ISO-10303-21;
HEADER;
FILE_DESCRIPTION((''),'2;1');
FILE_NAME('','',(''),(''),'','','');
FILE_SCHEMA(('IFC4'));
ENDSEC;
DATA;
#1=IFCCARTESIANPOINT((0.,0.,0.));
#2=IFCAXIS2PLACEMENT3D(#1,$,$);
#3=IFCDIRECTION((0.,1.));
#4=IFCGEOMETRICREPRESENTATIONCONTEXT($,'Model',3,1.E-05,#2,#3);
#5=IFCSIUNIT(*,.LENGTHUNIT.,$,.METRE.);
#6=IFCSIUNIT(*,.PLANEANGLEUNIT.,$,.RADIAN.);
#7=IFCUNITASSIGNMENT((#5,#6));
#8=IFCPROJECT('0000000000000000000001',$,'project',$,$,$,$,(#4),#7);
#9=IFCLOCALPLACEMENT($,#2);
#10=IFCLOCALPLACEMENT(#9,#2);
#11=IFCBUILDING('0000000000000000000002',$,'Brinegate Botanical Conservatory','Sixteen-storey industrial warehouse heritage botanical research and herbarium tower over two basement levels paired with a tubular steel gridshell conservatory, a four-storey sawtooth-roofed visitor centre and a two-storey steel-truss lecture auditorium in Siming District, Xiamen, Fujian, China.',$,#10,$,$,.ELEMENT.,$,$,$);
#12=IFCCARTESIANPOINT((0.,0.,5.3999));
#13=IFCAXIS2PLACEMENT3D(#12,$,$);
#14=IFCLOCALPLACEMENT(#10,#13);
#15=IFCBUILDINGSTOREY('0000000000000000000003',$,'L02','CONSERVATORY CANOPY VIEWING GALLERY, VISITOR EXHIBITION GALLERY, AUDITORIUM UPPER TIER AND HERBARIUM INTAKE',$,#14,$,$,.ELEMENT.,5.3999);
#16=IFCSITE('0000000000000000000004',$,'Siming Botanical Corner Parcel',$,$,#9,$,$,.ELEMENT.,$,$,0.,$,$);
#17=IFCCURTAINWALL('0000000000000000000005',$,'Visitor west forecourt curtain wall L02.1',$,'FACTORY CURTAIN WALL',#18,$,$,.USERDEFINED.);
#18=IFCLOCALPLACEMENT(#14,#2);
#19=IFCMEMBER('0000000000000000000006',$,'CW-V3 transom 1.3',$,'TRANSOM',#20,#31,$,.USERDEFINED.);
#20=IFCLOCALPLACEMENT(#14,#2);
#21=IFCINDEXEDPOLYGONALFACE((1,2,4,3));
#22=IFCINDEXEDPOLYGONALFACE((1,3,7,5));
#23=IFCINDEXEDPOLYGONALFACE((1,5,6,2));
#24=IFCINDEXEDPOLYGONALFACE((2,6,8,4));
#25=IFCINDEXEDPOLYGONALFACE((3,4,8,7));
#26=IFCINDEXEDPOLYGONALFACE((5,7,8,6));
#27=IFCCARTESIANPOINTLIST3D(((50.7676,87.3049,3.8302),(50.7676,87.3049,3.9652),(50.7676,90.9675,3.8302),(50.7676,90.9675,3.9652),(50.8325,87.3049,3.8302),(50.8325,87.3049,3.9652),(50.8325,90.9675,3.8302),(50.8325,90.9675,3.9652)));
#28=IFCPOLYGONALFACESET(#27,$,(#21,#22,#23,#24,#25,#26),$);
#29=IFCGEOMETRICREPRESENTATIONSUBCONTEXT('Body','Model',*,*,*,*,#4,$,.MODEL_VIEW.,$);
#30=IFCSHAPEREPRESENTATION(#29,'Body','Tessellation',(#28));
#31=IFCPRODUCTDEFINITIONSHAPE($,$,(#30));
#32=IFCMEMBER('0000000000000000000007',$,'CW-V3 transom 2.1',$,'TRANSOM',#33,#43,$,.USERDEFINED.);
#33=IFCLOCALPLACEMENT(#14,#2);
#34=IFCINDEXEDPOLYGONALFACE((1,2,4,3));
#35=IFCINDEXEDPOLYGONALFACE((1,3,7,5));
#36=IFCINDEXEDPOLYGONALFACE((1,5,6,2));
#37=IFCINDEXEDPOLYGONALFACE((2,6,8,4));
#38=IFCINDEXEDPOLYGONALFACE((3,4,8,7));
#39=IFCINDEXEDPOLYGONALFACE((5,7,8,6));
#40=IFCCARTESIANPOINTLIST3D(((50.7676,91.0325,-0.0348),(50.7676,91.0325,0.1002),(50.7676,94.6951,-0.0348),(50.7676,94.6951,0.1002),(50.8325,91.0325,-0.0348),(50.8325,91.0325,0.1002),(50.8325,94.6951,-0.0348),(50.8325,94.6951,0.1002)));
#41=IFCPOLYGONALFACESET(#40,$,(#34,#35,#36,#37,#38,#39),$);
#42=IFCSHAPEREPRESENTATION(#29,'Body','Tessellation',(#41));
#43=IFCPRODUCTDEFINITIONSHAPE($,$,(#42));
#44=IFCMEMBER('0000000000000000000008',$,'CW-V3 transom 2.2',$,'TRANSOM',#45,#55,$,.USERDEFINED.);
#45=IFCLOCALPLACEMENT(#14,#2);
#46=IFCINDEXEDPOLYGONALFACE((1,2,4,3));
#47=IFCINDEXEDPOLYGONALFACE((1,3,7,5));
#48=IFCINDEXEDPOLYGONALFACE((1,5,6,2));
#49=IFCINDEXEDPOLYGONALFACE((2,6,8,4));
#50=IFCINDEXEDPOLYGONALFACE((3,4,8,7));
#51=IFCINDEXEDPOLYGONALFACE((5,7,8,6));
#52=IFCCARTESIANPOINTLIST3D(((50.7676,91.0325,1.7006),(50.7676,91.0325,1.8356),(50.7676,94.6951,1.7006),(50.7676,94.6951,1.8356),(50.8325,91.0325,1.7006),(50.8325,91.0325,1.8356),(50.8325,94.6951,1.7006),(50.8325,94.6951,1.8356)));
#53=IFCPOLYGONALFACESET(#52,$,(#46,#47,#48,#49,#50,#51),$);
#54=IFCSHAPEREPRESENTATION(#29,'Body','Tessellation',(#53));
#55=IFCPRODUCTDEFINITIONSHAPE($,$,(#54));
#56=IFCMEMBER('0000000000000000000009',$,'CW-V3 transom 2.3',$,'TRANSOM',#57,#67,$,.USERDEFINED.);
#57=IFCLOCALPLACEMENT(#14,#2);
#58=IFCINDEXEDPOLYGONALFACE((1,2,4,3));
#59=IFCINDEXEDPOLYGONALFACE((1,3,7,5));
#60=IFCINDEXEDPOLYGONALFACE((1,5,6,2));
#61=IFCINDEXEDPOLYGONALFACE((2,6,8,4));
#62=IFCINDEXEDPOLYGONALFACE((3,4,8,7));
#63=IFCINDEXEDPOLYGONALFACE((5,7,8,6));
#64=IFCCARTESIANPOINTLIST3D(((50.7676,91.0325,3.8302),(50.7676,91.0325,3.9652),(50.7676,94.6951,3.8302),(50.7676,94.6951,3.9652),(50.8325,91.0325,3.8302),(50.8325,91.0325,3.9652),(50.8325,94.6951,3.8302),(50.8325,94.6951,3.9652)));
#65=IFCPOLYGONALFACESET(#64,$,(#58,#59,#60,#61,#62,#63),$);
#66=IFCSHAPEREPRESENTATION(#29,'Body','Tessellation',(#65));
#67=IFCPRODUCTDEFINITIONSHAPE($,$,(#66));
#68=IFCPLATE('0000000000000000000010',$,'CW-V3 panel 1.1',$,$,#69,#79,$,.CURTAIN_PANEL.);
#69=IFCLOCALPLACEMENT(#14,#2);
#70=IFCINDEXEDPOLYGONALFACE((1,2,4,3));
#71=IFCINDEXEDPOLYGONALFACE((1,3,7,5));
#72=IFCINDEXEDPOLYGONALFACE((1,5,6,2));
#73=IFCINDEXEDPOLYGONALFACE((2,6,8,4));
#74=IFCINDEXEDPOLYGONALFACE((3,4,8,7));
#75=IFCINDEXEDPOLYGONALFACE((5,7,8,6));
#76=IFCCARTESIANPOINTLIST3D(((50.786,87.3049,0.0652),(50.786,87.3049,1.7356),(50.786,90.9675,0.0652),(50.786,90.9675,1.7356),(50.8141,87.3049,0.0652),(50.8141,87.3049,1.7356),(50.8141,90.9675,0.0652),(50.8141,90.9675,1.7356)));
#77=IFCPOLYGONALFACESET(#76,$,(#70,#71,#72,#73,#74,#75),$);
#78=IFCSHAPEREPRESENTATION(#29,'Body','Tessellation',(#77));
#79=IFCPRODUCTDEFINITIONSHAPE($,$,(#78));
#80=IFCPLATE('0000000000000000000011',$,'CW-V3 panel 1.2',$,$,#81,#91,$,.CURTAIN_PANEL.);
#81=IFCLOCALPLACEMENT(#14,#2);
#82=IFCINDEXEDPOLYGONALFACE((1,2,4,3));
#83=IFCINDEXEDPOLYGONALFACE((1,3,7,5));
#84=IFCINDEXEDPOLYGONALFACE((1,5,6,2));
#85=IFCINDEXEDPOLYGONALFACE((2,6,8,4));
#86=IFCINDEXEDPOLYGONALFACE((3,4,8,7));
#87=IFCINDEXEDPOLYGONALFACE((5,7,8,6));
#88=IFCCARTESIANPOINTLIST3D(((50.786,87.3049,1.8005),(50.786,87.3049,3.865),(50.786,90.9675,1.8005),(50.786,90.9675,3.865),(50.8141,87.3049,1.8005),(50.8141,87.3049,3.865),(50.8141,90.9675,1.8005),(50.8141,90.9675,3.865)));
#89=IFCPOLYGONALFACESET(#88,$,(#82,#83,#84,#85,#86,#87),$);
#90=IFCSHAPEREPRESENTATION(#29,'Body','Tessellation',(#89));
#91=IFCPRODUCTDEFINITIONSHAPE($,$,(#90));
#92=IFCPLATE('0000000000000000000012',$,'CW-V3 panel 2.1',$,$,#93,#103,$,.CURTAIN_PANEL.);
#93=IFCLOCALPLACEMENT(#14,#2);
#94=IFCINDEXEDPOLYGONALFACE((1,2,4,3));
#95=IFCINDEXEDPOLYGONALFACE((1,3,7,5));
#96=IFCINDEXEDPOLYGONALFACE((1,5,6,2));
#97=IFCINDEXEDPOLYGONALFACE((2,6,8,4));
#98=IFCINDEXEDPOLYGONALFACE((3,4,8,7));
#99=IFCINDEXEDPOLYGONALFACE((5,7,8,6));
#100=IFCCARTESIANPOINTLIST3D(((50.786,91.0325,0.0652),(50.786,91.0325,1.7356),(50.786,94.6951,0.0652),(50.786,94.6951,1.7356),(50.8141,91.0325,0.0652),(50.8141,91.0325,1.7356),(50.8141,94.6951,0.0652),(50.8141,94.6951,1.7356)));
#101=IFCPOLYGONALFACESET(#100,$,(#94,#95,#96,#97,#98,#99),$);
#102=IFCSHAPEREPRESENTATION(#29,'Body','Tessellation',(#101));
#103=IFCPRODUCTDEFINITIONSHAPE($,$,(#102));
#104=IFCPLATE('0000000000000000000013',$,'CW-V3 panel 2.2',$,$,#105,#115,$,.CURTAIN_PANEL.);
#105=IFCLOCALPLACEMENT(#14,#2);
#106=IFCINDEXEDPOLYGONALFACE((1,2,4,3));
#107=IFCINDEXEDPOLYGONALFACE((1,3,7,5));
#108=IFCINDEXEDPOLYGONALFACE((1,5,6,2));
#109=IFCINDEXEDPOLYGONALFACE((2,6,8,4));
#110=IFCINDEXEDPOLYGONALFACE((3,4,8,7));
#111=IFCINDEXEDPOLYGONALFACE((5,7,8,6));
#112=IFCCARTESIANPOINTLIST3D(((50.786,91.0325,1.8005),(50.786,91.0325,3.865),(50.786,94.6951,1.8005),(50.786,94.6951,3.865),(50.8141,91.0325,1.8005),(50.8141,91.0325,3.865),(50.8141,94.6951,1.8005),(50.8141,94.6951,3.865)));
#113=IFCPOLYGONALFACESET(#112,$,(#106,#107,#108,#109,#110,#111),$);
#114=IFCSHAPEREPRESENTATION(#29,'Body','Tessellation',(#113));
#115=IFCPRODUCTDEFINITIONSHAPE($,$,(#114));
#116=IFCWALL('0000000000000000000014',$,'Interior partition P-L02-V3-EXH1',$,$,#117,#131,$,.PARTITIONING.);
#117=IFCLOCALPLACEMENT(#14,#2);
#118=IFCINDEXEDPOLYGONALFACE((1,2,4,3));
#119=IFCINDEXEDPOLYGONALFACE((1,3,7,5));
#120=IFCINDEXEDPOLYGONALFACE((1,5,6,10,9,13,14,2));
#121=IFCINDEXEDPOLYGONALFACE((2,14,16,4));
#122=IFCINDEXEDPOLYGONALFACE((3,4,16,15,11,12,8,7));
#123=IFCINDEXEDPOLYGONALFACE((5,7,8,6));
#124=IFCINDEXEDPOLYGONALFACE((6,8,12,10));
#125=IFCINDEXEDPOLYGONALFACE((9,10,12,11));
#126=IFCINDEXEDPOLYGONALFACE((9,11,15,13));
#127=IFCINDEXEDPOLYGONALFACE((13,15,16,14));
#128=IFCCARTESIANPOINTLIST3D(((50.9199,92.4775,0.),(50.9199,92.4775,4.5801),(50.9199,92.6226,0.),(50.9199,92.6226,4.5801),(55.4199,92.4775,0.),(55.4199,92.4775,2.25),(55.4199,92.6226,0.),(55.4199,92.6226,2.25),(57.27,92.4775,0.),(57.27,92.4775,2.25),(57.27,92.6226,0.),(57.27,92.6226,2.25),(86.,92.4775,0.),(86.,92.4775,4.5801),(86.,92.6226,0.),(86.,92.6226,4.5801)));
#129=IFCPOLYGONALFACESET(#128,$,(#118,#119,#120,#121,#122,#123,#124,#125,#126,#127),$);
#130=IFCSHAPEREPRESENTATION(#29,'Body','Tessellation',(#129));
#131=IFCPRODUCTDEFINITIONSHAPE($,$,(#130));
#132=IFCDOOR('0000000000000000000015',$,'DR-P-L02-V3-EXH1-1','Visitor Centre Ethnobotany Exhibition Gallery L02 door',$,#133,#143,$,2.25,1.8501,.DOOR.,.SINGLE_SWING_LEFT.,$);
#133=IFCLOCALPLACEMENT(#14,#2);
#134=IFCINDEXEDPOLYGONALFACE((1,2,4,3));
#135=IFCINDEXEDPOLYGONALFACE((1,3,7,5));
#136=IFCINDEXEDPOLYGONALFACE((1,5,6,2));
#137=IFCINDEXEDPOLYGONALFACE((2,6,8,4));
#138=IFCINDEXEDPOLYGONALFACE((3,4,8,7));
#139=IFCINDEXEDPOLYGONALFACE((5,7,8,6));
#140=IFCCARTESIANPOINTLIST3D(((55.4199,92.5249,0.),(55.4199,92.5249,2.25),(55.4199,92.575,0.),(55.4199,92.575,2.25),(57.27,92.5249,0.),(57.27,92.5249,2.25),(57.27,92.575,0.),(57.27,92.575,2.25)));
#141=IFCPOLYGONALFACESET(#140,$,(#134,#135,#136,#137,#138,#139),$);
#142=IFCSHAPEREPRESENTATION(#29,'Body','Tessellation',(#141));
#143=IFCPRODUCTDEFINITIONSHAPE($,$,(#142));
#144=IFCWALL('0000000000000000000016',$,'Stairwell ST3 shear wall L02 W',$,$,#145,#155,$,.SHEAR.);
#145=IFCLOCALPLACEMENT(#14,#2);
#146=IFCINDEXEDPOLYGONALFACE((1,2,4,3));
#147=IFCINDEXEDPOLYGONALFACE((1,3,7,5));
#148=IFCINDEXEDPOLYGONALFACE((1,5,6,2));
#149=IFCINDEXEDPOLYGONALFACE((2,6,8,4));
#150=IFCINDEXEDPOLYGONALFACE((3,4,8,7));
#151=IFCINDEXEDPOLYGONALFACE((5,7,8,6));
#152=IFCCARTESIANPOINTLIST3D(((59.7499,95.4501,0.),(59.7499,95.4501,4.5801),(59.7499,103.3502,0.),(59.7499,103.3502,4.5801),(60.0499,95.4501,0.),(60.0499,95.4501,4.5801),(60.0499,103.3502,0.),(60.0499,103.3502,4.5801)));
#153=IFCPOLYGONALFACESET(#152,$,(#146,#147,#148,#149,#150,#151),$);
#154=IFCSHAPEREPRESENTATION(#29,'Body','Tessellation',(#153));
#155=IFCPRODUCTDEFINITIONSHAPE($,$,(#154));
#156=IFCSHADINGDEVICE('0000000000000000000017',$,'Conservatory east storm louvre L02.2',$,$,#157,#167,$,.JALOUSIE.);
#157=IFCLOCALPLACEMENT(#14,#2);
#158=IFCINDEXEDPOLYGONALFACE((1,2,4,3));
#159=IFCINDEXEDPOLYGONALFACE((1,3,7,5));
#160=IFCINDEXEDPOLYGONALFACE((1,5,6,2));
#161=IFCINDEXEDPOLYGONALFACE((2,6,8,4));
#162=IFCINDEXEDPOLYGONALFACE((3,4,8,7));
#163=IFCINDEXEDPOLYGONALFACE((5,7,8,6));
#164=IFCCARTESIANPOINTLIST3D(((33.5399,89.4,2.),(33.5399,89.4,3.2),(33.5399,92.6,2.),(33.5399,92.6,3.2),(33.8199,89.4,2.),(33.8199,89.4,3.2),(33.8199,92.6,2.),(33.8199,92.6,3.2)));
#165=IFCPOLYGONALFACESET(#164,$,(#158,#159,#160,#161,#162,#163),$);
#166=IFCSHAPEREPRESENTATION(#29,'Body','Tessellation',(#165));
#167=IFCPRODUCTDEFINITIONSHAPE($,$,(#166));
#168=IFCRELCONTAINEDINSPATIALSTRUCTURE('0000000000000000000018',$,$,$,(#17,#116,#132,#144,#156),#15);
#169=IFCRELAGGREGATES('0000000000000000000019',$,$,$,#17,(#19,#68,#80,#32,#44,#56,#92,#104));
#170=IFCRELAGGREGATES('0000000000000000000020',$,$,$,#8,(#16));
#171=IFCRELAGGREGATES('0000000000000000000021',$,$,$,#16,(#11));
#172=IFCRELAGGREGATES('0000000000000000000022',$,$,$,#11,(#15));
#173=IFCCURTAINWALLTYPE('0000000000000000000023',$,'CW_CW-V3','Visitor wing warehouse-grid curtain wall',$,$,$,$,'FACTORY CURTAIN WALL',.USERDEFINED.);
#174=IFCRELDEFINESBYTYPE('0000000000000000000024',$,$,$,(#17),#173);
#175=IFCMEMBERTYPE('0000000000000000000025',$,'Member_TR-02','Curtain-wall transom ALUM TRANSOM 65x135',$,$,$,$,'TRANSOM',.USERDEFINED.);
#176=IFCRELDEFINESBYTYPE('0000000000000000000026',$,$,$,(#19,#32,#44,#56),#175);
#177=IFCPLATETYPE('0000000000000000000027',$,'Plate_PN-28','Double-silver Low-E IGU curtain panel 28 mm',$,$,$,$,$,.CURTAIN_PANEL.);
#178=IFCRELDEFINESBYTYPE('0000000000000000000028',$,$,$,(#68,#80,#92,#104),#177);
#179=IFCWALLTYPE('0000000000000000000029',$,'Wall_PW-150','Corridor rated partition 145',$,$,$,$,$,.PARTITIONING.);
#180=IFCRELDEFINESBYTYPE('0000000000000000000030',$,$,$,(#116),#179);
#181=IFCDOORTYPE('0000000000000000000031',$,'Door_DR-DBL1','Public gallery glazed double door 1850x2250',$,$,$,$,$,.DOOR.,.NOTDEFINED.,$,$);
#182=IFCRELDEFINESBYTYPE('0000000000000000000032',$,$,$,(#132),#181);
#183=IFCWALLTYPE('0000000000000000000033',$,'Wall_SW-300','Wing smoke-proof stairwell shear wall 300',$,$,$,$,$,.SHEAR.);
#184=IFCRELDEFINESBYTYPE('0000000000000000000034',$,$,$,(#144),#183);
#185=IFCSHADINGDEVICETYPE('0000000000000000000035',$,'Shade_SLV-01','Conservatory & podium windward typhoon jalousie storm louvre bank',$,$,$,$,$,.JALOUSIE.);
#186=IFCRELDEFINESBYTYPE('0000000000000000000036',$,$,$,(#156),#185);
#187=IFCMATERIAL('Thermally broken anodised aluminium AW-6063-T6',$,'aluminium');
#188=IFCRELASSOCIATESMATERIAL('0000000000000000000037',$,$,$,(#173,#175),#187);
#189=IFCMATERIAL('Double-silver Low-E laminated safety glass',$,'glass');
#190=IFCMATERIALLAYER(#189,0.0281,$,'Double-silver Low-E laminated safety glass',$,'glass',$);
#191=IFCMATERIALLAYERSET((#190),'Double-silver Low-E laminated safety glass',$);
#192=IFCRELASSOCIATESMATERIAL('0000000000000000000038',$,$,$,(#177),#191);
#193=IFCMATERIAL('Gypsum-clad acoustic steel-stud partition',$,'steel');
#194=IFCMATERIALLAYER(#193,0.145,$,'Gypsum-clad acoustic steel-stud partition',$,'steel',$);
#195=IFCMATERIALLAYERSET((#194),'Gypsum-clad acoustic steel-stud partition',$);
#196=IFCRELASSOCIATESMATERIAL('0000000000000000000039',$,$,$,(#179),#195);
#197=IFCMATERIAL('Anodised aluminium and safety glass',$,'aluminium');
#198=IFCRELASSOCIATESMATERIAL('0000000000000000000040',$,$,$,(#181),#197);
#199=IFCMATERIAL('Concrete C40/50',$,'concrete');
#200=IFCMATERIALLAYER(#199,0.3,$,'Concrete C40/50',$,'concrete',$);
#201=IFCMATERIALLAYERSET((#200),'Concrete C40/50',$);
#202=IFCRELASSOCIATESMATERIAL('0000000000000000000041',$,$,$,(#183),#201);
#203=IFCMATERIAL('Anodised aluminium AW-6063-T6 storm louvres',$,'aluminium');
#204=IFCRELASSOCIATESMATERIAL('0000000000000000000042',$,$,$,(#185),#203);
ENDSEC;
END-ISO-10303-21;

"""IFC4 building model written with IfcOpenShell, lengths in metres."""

from ifc_helpers import new_model, si_unit, direction, frame, frame_2d, origin, origin_2d, place, context, subcontext, project, spatial, rectangle, extrude, material, layer, layer_set, material_profile, profile_set, type_object, element, fill, aggregate, save


model = new_model("IFC4")

# Units and contexts
model_context = context("Model", 3, precision=1e-05, world=origin(), true_north=direction((0.0, 1.0)))
body_context = subcontext(model_context, "Body", "Model", "MODEL_VIEW")
ifc_project = project(units=[si_unit("LENGTHUNIT", "METRE"), si_unit("PLANEANGLEUNIT", "RADIAN")], contexts=[model_context])

# Site, building, storey
site_placement = place(None, origin())
site = spatial("IfcSite", under=ifc_project, at=site_placement, Name="Siming Botanical Corner Parcel", CompositionType="ELEMENT", RefElevation=0.0)
building_placement = place(site_placement, origin())
building = spatial("IfcBuilding", under=site, at=building_placement, Name="Brinegate Botanical Conservatory", Description="Sixteen-storey industrial warehouse heritage botanical research and herbarium tower over two basement levels paired with a tubular steel gridshell conservatory, a four-storey sawtooth-roofed visitor centre and a two-storey steel-truss lecture auditorium in Siming District, Xiamen, Fujian, China.", CompositionType="ELEMENT")
storey_placement = place(building_placement, frame((0.0, 0.0, 5.3999)))
storey = spatial("IfcBuildingStorey", under=building, at=storey_placement, Name="L02", Description="CONSERVATORY CANOPY VIEWING GALLERY, VISITOR EXHIBITION GALLERY, AUDITORIUM UPPER TIER AND HERBARIUM INTAKE", CompositionType="ELEMENT", Elevation=5.3999)

# Shared definitions
ifc_material_1 = material(Name="Concrete C40/50", Category="concrete")

# Curtain wall, members, plates
ifc_material_2 = material(Name="Thermally broken anodised aluminium AW-6063-T6", Category="aluminium")
curtain_wall_type = type_object("IfcCurtainWallType", Name="CW_CW-V3", Description="Visitor wing warehouse-grid curtain wall", ElementType="FACTORY CURTAIN WALL", PredefinedType="USERDEFINED", material=ifc_material_2)
curtain_wall_placement = place(storey_placement, origin())
curtain_wall = element("IfcCurtainWall", 1, at=curtain_wall_placement, inside=storey, type_object=curtain_wall_type, Name="Visitor west forecourt curtain wall L02.1", ObjectType="FACTORY CURTAIN WALL", PredefinedType="USERDEFINED")
ifc_material_profile_1 = material_profile(ifc_material_2, rectangle(XDim=0.0649, YDim=0.135, at=origin_2d()), Name="ALUM TRANSOM 65x135")
ifc_profile_set_1 = profile_set([ifc_material_profile_1], Name="Thermally broken anodised aluminium AW-6063-T6")
member_type_1 = type_object("IfcMemberType", Name="Member_TR-02", Description="Curtain-wall transom ALUM TRANSOM 65x135", ElementType="TRANSOM", PredefinedType="USERDEFINED", material=ifc_profile_set_1)
member_1_placement = place(storey_placement, frame((50.8, 87.3049, 3.8977), z_axis=(0.0, 1.0, 0.0), x_axis=(-1.0, 0.0, 0.0)))
member_1 = element("IfcMember", 2, at=member_1_placement, type_object=member_type_1, Name="CW-V3 transom 1.3", ObjectType="TRANSOM", PredefinedType="USERDEFINED", context=body_context, shape_type="SweptSolid", body=[
    extrude(rectangle(XDim=0.0649, YDim=0.135, at=origin_2d()), origin(), (0.0, 0.0, 1.0), 3.6626),
])
member_2_placement = place(storey_placement, frame((50.8, 91.0325, 0.0327), z_axis=(0.0, 1.0, 0.0), x_axis=(-1.0, 0.0, 0.0)))
member_2 = element("IfcMember", 3, at=member_2_placement, type_object=member_type_1, Name="CW-V3 transom 2.1", ObjectType="TRANSOM", PredefinedType="USERDEFINED", context=body_context, shape_type="SweptSolid", body=[
    extrude(rectangle(XDim=0.0649, YDim=0.135, at=origin_2d()), origin(), (0.0, 0.0, 1.0), 3.6626),
])
member_3_placement = place(storey_placement, frame((50.8, 91.0325, 1.7681), z_axis=(0.0, 1.0, 0.0), x_axis=(-1.0, 0.0, 0.0)))
member_3 = element("IfcMember", 4, at=member_3_placement, type_object=member_type_1, Name="CW-V3 transom 2.2", ObjectType="TRANSOM", PredefinedType="USERDEFINED", context=body_context, shape_type="SweptSolid", body=[
    extrude(rectangle(XDim=0.0649, YDim=0.135, at=origin_2d()), origin(), (0.0, 0.0, 1.0), 3.6626),
])
member_4_placement = place(storey_placement, frame((50.8, 91.0325, 3.8977), z_axis=(0.0, 1.0, 0.0), x_axis=(-1.0, 0.0, 0.0)))
member_4 = element("IfcMember", 5, at=member_4_placement, type_object=member_type_1, Name="CW-V3 transom 2.3", ObjectType="TRANSOM", PredefinedType="USERDEFINED", context=body_context, shape_type="SweptSolid", body=[
    extrude(rectangle(XDim=0.0649, YDim=0.135, at=origin_2d()), origin(), (0.0, 0.0, 1.0), 3.6626),
])
ifc_material_3 = material(Name="Double-silver Low-E laminated safety glass", Category="glass")
ifc_layer_1 = layer(ifc_material_3, 0.0281, Name="Double-silver Low-E laminated safety glass", Category="glass")
ifc_layer_set_1 = layer_set([ifc_layer_1], Name="Double-silver Low-E laminated safety glass")
plate_type = type_object("IfcPlateType", Name="Plate_PN-28", Description="Double-silver Low-E IGU curtain panel 28 mm", PredefinedType="CURTAIN_PANEL", material=ifc_layer_set_1)
plate_1_placement = place(storey_placement, frame((50.8, 89.1362, 0.0652), z_axis=(0.0, 0.0, 1.0), x_axis=(0.0, 1.0, 0.0)))
plate_1 = element("IfcPlate", 6, at=plate_1_placement, type_object=plate_type, Name="CW-V3 panel 1.1", PredefinedType="CURTAIN_PANEL", context=body_context, shape_type="SweptSolid", body=[
    extrude(rectangle(XDim=3.6626, YDim=0.0281, at=origin_2d()), origin(), (0.0, 0.0, 1.0), 1.6704),
])
plate_2_placement = place(storey_placement, frame((50.8, 89.1362, 1.8005), z_axis=(0.0, 0.0, 1.0), x_axis=(0.0, 1.0, 0.0)))
plate_2 = element("IfcPlate", 7, at=plate_2_placement, type_object=plate_type, Name="CW-V3 panel 1.2", PredefinedType="CURTAIN_PANEL", context=body_context, shape_type="SweptSolid", body=[
    extrude(rectangle(XDim=3.6626, YDim=0.0281, at=origin_2d()), origin(), (0.0, 0.0, 1.0), 2.0645),
])
plate_3_placement = place(storey_placement, frame((50.8, 92.8638, 0.0652), z_axis=(0.0, 0.0, 1.0), x_axis=(0.0, 1.0, 0.0)))
plate_3 = element("IfcPlate", 8, at=plate_3_placement, type_object=plate_type, Name="CW-V3 panel 2.1", PredefinedType="CURTAIN_PANEL", context=body_context, shape_type="SweptSolid", body=[
    extrude(rectangle(XDim=3.6626, YDim=0.0281, at=origin_2d()), origin(), (0.0, 0.0, 1.0), 1.6704),
])
plate_4_placement = place(storey_placement, frame((50.8, 92.8638, 1.8005), z_axis=(0.0, 0.0, 1.0), x_axis=(0.0, 1.0, 0.0)))
plate_4 = element("IfcPlate", 9, at=plate_4_placement, type_object=plate_type, Name="CW-V3 panel 2.2", PredefinedType="CURTAIN_PANEL", context=body_context, shape_type="SweptSolid", body=[
    extrude(rectangle(XDim=3.6626, YDim=0.0281, at=origin_2d()), origin(), (0.0, 0.0, 1.0), 2.0645),
])
aggregate(curtain_wall, [member_1, plate_1, plate_2, member_2, member_3, member_4, plate_3, plate_4])

# Wall, opening, door
ifc_material_4 = material(Name="Gypsum-clad acoustic steel-stud partition", Category="steel")
ifc_layer_2 = layer(ifc_material_4, 0.145, Name="Gypsum-clad acoustic steel-stud partition", Category="steel")
ifc_layer_set_2 = layer_set([ifc_layer_2], Name="Gypsum-clad acoustic steel-stud partition")
wall_type_1 = type_object("IfcWallType", Name="Wall_PW-150", Description="Corridor rated partition 145", PredefinedType="PARTITIONING", material=ifc_layer_set_2)
wall_1_placement = place(storey_placement, frame((50.9199, 92.55, 0.0), z_axis=(0.0, 0.0, 1.0), x_axis=(1.0, 0.0, 0.0)))
wall_1 = element("IfcWall", 10, at=wall_1_placement, inside=storey, type_object=wall_type_1, Name="Interior partition P-L02-V3-EXH1", PredefinedType="PARTITIONING", context=body_context, shape_type="SweptSolid", body=[
    extrude(rectangle(XDim=35.0801, YDim=0.145, at=frame_2d((17.54, 0.0))), origin(), (0.0, 0.0, 1.0), 4.5801),
])
opening_1_placement = place(wall_1_placement, frame((4.5, 0.0, 0.0)))
opening_1 = element("IfcOpeningElement", 11, at=opening_1_placement, cuts=wall_1, PredefinedType="OPENING", context=body_context, shape_type="SweptSolid", body=[
    extrude(rectangle(XDim=1.8501, YDim=2.25, at=frame_2d((0.925, 1.125))), frame((0.0, 0.0825, 0.0), z_axis=(0.0, -1.0, 0.0), x_axis=(1.0, 0.0, 0.0)), (0.0, 0.0, 1.0), 0.165),
])
ifc_material_5 = material(Name="Anodised aluminium and safety glass", Category="aluminium")
door_type_1 = type_object("IfcDoorType", Name="Door_DR-DBL1", Description="Public gallery glazed double door 1850x2250", OperationType="NOTDEFINED", PredefinedType="DOOR", material=ifc_material_5)
door_1_placement = place(opening_1_placement, origin())
door_1 = element("IfcDoor", 12, at=door_1_placement, inside=storey, type_object=door_type_1, Name="DR-P-L02-V3-EXH1-1", Description="Visitor Centre Ethnobotany Exhibition Gallery L02 door", OperationType="SINGLE_SWING_LEFT", OverallHeight=2.25, OverallWidth=1.8501, PredefinedType="DOOR", context=body_context, shape_type="SweptSolid", body=[
    extrude(rectangle(XDim=1.8501, YDim=2.25, at=frame_2d((0.925, 1.125))), frame((0.0, 0.0249, 0.0), z_axis=(0.0, -1.0, 0.0), x_axis=(1.0, 0.0, 0.0)), (0.0, 0.0, 1.0), 0.05),
])
fill(opening_1, door_1)
ifc_layer_3 = layer(ifc_material_1, 0.3, Name="Concrete C40/50", Category="concrete")
ifc_layer_set_3 = layer_set([ifc_layer_3], Name="Concrete C40/50")
wall_type_2 = type_object("IfcWallType", Name="Wall_SW-300", Description="Wing smoke-proof stairwell shear wall 300", PredefinedType="SHEAR", material=ifc_layer_set_3)

# Wall
wall_2_placement = place(storey_placement, frame((59.8999, 95.45, 0.0), z_axis=(0.0, 0.0, 1.0), x_axis=(0.0, 1.0, 0.0)))
element("IfcWall", 13, at=wall_2_placement, inside=storey, type_object=wall_type_2, Name="Stairwell ST3 shear wall L02 W", PredefinedType="SHEAR", context=body_context, shape_type="SweptSolid", body=[
    extrude(rectangle(XDim=7.9001, YDim=0.3, at=frame_2d((3.9502, 0.0))), origin(), (0.0, 0.0, 1.0), 4.5801),
])

# Shading device
ifc_material_6 = material(Name="Anodised aluminium AW-6063-T6 storm louvres", Category="aluminium")
shading_device_type = type_object("IfcShadingDeviceType", Name="Shade_SLV-01", Description="Conservatory & podium windward typhoon jalousie storm louvre bank", PredefinedType="JALOUSIE", material=ifc_material_6)
shading_device_placement = place(storey_placement, frame((33.6799, 91.0, 2.0), z_axis=(0.0, 0.0, 1.0), x_axis=(1.0, 0.0, 0.0)))
element("IfcShadingDevice", 14, at=shading_device_placement, inside=storey, type_object=shading_device_type, Name="Conservatory east storm louvre L02.2", PredefinedType="JALOUSIE", context=body_context, shape_type="SweptSolid", body=[
    extrude(rectangle(XDim=0.28, YDim=3.2, at=origin_2d()), origin(), (0.0, 0.0, 1.0), 1.2),
])

save(model, "model.ifc")
